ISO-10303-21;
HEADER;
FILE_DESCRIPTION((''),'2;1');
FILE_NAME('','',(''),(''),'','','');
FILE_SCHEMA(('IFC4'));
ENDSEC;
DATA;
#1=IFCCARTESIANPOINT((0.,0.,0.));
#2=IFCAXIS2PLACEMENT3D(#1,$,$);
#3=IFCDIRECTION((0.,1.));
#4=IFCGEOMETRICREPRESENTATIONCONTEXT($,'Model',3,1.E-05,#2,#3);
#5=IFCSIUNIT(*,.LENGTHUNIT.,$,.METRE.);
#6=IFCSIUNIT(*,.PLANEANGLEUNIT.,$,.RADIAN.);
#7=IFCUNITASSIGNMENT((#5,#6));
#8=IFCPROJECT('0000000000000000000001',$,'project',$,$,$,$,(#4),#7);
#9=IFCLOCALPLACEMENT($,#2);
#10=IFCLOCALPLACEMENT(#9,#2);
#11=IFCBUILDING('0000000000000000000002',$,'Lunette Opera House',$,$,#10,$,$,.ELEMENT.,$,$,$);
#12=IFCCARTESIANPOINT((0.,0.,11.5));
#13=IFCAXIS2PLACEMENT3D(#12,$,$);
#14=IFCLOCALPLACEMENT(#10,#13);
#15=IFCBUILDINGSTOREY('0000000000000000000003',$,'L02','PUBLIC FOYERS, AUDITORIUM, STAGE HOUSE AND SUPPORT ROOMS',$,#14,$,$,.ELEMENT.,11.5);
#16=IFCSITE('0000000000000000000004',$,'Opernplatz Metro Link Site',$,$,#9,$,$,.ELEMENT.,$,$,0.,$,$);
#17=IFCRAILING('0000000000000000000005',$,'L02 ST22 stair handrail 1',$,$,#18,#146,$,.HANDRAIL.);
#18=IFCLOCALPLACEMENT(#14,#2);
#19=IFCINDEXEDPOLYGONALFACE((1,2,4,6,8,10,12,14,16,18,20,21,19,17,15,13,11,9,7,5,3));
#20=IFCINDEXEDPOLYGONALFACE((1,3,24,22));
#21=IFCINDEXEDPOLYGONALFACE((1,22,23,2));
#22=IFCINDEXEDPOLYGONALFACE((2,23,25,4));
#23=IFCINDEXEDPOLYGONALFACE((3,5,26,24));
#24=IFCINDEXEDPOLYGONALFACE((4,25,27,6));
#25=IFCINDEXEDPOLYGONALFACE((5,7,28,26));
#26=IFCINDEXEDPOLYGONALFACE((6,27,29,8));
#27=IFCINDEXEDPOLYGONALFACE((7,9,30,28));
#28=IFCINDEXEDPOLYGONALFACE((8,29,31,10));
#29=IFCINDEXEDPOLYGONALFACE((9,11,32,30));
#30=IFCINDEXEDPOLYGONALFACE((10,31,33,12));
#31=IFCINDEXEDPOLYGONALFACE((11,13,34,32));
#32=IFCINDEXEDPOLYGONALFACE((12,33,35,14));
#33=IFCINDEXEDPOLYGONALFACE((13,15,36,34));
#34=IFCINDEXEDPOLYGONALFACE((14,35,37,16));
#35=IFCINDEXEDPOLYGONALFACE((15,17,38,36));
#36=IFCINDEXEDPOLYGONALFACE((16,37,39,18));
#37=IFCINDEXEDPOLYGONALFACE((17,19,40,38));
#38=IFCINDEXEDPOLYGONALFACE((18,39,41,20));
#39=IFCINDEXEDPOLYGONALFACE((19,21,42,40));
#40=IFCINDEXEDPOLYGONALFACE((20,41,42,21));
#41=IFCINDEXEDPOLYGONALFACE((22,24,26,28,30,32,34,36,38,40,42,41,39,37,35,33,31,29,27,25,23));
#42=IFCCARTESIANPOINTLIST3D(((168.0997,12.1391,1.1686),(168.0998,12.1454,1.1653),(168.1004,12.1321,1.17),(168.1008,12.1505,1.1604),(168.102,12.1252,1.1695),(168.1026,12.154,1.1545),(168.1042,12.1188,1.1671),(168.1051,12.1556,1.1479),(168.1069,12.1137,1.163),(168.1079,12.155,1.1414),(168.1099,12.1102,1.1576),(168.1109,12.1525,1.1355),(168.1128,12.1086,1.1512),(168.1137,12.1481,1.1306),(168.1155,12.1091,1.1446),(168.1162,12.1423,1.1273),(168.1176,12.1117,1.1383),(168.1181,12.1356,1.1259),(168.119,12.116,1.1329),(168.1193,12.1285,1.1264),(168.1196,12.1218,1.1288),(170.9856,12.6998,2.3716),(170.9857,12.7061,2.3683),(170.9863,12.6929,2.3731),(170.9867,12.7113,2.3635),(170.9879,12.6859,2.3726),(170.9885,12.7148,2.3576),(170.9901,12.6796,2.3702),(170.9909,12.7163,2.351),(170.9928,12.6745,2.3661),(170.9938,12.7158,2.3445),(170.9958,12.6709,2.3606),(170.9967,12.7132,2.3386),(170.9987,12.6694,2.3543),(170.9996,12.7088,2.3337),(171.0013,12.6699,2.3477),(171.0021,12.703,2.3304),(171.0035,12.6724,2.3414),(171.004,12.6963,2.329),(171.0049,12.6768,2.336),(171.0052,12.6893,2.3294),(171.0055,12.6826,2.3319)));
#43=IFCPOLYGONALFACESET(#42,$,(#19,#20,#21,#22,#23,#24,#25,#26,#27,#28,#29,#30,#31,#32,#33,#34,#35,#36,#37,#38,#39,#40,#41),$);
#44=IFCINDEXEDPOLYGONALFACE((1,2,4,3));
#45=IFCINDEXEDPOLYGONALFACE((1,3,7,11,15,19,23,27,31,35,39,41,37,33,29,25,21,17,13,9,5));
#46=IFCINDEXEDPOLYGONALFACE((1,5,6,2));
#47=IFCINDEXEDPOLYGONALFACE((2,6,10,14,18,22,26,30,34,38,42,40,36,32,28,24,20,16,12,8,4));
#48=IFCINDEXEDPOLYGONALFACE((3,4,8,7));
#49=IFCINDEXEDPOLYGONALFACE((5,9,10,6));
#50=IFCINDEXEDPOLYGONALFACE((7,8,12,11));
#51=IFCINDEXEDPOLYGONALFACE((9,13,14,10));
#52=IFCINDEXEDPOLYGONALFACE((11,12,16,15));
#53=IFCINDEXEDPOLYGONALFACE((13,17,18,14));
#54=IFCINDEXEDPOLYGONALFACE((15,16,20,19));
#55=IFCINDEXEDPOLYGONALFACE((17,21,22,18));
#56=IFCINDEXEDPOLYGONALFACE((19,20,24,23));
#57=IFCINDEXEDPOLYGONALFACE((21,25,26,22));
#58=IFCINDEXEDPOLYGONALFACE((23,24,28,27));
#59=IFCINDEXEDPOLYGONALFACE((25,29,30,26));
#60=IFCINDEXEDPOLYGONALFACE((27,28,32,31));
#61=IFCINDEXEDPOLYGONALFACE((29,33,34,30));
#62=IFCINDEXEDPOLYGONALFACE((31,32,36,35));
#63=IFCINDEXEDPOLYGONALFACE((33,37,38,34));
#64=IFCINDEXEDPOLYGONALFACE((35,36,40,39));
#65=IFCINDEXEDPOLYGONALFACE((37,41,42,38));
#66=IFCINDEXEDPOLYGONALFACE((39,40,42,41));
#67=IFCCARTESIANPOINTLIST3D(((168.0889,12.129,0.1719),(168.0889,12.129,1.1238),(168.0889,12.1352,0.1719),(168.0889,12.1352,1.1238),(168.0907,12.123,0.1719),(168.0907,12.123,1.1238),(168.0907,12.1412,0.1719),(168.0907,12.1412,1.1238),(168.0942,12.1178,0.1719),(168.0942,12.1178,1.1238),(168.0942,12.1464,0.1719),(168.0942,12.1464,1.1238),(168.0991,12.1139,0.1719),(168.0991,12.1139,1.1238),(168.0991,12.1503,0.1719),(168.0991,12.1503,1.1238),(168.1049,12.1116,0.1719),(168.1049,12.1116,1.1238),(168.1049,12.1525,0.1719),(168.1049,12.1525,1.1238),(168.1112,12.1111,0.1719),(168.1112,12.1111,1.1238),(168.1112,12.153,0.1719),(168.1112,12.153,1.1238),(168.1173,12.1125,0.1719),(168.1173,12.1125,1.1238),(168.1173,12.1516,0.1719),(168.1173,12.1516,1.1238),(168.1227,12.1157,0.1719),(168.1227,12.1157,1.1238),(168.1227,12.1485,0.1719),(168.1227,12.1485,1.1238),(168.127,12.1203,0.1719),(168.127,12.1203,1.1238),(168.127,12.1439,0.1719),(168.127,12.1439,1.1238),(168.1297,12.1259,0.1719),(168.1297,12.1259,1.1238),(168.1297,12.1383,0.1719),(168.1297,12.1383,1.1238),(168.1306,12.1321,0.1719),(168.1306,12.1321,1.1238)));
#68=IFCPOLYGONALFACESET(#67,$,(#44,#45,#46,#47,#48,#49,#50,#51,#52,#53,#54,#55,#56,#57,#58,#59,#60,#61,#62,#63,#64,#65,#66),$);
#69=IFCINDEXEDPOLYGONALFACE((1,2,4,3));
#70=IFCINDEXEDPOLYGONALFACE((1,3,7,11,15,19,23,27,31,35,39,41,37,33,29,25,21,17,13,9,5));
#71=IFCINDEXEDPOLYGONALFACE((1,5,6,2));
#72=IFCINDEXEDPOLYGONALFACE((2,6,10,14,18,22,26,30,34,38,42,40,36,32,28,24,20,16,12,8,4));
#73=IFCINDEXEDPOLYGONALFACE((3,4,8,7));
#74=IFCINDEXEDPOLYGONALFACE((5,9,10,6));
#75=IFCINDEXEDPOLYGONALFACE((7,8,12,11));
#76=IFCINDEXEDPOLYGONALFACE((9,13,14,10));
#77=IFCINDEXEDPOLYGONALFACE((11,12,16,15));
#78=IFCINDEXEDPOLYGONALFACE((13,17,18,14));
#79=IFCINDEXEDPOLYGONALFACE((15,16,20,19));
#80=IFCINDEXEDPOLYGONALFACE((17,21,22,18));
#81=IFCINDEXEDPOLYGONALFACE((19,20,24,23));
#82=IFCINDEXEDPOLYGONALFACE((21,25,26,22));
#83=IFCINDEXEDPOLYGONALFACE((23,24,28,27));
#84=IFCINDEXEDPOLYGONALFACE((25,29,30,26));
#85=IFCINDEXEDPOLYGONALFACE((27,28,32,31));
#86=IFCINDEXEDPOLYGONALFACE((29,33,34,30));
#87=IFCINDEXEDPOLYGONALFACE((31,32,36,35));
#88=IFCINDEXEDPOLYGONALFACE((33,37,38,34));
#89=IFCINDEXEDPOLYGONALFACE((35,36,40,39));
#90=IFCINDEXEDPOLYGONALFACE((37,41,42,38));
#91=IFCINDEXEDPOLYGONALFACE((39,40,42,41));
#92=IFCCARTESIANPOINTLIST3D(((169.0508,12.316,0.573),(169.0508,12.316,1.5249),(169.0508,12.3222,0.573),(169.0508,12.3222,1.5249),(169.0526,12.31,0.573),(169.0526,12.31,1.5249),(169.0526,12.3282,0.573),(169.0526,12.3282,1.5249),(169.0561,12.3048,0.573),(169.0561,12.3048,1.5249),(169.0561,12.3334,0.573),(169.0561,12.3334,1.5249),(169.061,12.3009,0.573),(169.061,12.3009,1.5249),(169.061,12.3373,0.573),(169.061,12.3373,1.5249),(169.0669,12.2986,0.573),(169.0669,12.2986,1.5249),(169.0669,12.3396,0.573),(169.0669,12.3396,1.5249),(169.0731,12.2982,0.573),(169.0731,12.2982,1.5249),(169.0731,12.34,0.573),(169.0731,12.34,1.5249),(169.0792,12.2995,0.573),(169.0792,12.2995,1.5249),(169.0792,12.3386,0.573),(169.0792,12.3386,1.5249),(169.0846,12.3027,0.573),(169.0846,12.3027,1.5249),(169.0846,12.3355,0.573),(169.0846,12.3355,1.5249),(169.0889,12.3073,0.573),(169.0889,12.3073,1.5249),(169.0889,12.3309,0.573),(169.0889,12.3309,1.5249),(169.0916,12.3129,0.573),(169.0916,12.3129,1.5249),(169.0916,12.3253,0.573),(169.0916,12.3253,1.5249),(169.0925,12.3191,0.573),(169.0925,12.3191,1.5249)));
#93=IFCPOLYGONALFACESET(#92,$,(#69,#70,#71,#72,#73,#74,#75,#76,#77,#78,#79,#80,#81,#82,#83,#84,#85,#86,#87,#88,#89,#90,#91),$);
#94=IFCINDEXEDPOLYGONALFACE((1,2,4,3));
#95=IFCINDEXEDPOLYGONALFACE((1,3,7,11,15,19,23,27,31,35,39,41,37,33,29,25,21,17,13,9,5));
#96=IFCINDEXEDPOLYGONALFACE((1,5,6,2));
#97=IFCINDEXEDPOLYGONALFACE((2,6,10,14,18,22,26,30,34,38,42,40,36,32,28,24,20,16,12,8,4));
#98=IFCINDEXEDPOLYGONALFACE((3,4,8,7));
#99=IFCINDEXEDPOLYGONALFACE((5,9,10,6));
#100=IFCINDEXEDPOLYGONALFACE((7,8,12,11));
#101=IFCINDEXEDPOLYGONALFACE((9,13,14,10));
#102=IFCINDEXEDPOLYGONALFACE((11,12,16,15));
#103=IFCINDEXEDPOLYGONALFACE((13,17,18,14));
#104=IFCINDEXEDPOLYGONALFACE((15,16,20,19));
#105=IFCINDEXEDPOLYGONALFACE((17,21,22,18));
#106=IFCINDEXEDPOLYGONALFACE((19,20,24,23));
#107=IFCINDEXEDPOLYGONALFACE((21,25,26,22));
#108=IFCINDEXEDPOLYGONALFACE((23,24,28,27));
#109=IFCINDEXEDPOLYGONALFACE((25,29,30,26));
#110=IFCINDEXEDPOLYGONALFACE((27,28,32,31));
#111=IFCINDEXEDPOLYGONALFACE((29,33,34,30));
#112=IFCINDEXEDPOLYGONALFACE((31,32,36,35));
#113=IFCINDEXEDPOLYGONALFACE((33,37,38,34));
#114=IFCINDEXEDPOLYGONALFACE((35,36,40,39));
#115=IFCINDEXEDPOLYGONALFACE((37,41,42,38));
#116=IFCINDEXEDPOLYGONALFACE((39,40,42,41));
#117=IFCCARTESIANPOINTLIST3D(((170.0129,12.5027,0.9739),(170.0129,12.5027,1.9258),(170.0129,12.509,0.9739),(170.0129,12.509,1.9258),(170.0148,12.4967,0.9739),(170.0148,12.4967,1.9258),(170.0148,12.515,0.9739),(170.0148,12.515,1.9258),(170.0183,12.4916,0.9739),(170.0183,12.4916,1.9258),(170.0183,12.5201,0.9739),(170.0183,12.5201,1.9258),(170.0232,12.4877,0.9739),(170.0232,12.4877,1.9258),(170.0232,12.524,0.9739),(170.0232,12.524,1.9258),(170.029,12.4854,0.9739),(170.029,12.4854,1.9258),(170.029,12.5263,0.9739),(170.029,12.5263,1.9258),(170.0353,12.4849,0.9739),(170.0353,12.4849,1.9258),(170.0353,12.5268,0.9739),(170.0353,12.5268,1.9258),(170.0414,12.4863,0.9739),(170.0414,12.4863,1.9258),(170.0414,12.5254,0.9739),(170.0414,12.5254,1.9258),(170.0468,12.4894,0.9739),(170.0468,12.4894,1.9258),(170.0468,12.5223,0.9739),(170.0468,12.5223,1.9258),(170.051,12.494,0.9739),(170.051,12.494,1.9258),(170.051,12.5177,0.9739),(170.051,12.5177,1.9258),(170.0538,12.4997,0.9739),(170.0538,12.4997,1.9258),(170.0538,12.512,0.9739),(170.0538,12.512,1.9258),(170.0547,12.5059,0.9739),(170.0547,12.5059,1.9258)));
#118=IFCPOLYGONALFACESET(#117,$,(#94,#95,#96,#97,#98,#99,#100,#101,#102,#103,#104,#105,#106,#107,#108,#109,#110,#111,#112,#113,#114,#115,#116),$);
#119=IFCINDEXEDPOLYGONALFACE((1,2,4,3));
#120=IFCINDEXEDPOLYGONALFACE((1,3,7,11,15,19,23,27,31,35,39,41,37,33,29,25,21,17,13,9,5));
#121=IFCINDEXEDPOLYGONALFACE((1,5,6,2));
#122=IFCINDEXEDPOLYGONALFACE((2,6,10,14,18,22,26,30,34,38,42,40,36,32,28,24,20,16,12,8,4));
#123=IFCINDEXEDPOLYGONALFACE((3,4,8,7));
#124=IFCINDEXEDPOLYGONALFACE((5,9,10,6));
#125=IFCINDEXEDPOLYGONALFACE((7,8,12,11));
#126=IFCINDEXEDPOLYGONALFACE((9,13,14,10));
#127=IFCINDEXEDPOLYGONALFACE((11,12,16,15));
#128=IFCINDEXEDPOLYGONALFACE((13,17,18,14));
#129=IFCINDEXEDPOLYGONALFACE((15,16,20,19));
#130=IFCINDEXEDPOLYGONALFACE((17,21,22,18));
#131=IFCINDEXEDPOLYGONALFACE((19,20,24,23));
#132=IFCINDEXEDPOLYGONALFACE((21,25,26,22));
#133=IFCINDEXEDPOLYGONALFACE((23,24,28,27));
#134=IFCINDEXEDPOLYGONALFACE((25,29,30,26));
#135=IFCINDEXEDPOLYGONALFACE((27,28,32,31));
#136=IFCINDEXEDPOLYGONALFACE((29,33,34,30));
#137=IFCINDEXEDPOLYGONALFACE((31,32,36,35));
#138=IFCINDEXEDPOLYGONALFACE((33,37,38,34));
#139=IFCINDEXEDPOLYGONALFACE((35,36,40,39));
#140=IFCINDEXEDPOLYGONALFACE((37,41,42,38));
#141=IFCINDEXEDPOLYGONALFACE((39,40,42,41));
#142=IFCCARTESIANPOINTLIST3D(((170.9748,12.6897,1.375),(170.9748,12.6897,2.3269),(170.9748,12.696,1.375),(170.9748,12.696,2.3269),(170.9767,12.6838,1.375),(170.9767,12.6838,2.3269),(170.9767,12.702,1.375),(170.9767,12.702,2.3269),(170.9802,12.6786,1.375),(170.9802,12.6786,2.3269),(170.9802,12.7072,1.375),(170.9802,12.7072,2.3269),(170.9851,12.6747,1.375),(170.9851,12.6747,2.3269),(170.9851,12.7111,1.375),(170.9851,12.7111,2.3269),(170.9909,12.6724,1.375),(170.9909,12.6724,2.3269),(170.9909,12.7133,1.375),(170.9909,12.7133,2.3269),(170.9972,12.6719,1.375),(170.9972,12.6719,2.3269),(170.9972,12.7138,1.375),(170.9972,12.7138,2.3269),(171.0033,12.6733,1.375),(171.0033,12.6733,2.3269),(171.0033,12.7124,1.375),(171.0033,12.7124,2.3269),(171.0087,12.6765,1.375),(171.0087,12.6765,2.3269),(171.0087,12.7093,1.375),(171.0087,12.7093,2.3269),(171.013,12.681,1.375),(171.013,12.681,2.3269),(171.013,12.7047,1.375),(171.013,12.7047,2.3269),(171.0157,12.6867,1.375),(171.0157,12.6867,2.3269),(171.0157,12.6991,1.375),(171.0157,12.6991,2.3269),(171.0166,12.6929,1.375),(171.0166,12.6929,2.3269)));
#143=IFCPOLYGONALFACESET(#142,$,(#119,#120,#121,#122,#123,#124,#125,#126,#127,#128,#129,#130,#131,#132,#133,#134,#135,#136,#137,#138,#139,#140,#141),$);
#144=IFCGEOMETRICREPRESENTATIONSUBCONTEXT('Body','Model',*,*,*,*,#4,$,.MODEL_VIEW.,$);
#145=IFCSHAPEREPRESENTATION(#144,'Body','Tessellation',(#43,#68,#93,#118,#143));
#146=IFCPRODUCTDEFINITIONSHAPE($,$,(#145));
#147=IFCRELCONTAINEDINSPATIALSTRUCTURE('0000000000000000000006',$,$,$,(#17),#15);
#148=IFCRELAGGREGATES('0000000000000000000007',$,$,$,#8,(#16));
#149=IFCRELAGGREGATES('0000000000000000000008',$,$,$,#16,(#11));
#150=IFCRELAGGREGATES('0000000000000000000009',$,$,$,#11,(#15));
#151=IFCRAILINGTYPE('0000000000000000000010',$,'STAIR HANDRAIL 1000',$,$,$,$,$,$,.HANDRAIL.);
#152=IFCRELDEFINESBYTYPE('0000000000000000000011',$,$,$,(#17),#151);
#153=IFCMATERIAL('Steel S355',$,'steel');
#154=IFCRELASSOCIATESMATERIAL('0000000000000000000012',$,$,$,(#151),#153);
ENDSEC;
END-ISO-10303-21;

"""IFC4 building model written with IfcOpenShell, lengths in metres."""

from ifc_helpers import new_model, si_unit, direction, frame, origin, origin_2d, place, context, subcontext, project, spatial, circle, extrude, material, type_object, element, save


model = new_model("IFC4")

# Units and contexts
model_context = context("Model", 3, precision=1e-05, world=origin(), true_north=direction((0.0, 1.0)))
body_context = subcontext(model_context, "Body", "Model", "MODEL_VIEW")
ifc_project = project(units=[si_unit("LENGTHUNIT", "METRE"), si_unit("PLANEANGLEUNIT", "RADIAN")], contexts=[model_context])

# Site, building, storey
site_placement = place(None, origin())
site = spatial("IfcSite", under=ifc_project, at=site_placement, Name="Opernplatz Metro Link Site", CompositionType="ELEMENT", RefElevation=0.0)
building_placement = place(site_placement, origin())
building = spatial("IfcBuilding", under=site, at=building_placement, Name="Lunette Opera House", CompositionType="ELEMENT")
storey_placement = place(building_placement, frame((0.0, 0.0, 11.5)))
storey = spatial("IfcBuildingStorey", under=building, at=storey_placement, Name="L02", Description="PUBLIC FOYERS, AUDITORIUM, STAGE HOUSE AND SUPPORT ROOMS", CompositionType="ELEMENT", Elevation=11.5)

# Railing
ifc_material_1 = material(Name="Steel S355", Category="steel")
railing_type_1 = type_object("IfcRailingType", Name="STAIR HANDRAIL 1000", PredefinedType="HANDRAIL", material=ifc_material_1)
railing_1_placement = place(storey_placement, frame((168.1096, 12.1321, 0.1719)))
element("IfcRailing", 1, at=railing_1_placement, inside=storey, type_object=railing_type_1, Name="L02 ST22 stair handrail 1", PredefinedType="HANDRAIL", context=body_context, shape_type="SweptSolid", body=[
    extrude(circle(Radius=0.0239, at=origin_2d()), frame((0.0, 0.0, 0.9761), z_axis=(0.908509, 0.176537, 0.378744), x_axis=(-0.190747, 0.981639, 0.0)), (0.0, 0.0, 1.0), 3.1765),
    extrude(circle(Radius=0.021, at=origin_2d()), origin(), (0.0, 0.0, 1.0), 0.9519),
    extrude(circle(Radius=0.021, at=origin_2d()), frame((0.9619, 0.187, 0.4011)), (0.0, 0.0, 1.0), 0.9519),
    extrude(circle(Radius=0.021, at=origin_2d()), frame((1.9241, 0.3738, 0.802)), (0.0, 0.0, 1.0), 0.9519),
    extrude(circle(Radius=0.021, at=origin_2d()), frame((2.886, 0.5608, 1.2031)), (0.0, 0.0, 1.0), 0.9519),
])

save(model, "model.ifc")
